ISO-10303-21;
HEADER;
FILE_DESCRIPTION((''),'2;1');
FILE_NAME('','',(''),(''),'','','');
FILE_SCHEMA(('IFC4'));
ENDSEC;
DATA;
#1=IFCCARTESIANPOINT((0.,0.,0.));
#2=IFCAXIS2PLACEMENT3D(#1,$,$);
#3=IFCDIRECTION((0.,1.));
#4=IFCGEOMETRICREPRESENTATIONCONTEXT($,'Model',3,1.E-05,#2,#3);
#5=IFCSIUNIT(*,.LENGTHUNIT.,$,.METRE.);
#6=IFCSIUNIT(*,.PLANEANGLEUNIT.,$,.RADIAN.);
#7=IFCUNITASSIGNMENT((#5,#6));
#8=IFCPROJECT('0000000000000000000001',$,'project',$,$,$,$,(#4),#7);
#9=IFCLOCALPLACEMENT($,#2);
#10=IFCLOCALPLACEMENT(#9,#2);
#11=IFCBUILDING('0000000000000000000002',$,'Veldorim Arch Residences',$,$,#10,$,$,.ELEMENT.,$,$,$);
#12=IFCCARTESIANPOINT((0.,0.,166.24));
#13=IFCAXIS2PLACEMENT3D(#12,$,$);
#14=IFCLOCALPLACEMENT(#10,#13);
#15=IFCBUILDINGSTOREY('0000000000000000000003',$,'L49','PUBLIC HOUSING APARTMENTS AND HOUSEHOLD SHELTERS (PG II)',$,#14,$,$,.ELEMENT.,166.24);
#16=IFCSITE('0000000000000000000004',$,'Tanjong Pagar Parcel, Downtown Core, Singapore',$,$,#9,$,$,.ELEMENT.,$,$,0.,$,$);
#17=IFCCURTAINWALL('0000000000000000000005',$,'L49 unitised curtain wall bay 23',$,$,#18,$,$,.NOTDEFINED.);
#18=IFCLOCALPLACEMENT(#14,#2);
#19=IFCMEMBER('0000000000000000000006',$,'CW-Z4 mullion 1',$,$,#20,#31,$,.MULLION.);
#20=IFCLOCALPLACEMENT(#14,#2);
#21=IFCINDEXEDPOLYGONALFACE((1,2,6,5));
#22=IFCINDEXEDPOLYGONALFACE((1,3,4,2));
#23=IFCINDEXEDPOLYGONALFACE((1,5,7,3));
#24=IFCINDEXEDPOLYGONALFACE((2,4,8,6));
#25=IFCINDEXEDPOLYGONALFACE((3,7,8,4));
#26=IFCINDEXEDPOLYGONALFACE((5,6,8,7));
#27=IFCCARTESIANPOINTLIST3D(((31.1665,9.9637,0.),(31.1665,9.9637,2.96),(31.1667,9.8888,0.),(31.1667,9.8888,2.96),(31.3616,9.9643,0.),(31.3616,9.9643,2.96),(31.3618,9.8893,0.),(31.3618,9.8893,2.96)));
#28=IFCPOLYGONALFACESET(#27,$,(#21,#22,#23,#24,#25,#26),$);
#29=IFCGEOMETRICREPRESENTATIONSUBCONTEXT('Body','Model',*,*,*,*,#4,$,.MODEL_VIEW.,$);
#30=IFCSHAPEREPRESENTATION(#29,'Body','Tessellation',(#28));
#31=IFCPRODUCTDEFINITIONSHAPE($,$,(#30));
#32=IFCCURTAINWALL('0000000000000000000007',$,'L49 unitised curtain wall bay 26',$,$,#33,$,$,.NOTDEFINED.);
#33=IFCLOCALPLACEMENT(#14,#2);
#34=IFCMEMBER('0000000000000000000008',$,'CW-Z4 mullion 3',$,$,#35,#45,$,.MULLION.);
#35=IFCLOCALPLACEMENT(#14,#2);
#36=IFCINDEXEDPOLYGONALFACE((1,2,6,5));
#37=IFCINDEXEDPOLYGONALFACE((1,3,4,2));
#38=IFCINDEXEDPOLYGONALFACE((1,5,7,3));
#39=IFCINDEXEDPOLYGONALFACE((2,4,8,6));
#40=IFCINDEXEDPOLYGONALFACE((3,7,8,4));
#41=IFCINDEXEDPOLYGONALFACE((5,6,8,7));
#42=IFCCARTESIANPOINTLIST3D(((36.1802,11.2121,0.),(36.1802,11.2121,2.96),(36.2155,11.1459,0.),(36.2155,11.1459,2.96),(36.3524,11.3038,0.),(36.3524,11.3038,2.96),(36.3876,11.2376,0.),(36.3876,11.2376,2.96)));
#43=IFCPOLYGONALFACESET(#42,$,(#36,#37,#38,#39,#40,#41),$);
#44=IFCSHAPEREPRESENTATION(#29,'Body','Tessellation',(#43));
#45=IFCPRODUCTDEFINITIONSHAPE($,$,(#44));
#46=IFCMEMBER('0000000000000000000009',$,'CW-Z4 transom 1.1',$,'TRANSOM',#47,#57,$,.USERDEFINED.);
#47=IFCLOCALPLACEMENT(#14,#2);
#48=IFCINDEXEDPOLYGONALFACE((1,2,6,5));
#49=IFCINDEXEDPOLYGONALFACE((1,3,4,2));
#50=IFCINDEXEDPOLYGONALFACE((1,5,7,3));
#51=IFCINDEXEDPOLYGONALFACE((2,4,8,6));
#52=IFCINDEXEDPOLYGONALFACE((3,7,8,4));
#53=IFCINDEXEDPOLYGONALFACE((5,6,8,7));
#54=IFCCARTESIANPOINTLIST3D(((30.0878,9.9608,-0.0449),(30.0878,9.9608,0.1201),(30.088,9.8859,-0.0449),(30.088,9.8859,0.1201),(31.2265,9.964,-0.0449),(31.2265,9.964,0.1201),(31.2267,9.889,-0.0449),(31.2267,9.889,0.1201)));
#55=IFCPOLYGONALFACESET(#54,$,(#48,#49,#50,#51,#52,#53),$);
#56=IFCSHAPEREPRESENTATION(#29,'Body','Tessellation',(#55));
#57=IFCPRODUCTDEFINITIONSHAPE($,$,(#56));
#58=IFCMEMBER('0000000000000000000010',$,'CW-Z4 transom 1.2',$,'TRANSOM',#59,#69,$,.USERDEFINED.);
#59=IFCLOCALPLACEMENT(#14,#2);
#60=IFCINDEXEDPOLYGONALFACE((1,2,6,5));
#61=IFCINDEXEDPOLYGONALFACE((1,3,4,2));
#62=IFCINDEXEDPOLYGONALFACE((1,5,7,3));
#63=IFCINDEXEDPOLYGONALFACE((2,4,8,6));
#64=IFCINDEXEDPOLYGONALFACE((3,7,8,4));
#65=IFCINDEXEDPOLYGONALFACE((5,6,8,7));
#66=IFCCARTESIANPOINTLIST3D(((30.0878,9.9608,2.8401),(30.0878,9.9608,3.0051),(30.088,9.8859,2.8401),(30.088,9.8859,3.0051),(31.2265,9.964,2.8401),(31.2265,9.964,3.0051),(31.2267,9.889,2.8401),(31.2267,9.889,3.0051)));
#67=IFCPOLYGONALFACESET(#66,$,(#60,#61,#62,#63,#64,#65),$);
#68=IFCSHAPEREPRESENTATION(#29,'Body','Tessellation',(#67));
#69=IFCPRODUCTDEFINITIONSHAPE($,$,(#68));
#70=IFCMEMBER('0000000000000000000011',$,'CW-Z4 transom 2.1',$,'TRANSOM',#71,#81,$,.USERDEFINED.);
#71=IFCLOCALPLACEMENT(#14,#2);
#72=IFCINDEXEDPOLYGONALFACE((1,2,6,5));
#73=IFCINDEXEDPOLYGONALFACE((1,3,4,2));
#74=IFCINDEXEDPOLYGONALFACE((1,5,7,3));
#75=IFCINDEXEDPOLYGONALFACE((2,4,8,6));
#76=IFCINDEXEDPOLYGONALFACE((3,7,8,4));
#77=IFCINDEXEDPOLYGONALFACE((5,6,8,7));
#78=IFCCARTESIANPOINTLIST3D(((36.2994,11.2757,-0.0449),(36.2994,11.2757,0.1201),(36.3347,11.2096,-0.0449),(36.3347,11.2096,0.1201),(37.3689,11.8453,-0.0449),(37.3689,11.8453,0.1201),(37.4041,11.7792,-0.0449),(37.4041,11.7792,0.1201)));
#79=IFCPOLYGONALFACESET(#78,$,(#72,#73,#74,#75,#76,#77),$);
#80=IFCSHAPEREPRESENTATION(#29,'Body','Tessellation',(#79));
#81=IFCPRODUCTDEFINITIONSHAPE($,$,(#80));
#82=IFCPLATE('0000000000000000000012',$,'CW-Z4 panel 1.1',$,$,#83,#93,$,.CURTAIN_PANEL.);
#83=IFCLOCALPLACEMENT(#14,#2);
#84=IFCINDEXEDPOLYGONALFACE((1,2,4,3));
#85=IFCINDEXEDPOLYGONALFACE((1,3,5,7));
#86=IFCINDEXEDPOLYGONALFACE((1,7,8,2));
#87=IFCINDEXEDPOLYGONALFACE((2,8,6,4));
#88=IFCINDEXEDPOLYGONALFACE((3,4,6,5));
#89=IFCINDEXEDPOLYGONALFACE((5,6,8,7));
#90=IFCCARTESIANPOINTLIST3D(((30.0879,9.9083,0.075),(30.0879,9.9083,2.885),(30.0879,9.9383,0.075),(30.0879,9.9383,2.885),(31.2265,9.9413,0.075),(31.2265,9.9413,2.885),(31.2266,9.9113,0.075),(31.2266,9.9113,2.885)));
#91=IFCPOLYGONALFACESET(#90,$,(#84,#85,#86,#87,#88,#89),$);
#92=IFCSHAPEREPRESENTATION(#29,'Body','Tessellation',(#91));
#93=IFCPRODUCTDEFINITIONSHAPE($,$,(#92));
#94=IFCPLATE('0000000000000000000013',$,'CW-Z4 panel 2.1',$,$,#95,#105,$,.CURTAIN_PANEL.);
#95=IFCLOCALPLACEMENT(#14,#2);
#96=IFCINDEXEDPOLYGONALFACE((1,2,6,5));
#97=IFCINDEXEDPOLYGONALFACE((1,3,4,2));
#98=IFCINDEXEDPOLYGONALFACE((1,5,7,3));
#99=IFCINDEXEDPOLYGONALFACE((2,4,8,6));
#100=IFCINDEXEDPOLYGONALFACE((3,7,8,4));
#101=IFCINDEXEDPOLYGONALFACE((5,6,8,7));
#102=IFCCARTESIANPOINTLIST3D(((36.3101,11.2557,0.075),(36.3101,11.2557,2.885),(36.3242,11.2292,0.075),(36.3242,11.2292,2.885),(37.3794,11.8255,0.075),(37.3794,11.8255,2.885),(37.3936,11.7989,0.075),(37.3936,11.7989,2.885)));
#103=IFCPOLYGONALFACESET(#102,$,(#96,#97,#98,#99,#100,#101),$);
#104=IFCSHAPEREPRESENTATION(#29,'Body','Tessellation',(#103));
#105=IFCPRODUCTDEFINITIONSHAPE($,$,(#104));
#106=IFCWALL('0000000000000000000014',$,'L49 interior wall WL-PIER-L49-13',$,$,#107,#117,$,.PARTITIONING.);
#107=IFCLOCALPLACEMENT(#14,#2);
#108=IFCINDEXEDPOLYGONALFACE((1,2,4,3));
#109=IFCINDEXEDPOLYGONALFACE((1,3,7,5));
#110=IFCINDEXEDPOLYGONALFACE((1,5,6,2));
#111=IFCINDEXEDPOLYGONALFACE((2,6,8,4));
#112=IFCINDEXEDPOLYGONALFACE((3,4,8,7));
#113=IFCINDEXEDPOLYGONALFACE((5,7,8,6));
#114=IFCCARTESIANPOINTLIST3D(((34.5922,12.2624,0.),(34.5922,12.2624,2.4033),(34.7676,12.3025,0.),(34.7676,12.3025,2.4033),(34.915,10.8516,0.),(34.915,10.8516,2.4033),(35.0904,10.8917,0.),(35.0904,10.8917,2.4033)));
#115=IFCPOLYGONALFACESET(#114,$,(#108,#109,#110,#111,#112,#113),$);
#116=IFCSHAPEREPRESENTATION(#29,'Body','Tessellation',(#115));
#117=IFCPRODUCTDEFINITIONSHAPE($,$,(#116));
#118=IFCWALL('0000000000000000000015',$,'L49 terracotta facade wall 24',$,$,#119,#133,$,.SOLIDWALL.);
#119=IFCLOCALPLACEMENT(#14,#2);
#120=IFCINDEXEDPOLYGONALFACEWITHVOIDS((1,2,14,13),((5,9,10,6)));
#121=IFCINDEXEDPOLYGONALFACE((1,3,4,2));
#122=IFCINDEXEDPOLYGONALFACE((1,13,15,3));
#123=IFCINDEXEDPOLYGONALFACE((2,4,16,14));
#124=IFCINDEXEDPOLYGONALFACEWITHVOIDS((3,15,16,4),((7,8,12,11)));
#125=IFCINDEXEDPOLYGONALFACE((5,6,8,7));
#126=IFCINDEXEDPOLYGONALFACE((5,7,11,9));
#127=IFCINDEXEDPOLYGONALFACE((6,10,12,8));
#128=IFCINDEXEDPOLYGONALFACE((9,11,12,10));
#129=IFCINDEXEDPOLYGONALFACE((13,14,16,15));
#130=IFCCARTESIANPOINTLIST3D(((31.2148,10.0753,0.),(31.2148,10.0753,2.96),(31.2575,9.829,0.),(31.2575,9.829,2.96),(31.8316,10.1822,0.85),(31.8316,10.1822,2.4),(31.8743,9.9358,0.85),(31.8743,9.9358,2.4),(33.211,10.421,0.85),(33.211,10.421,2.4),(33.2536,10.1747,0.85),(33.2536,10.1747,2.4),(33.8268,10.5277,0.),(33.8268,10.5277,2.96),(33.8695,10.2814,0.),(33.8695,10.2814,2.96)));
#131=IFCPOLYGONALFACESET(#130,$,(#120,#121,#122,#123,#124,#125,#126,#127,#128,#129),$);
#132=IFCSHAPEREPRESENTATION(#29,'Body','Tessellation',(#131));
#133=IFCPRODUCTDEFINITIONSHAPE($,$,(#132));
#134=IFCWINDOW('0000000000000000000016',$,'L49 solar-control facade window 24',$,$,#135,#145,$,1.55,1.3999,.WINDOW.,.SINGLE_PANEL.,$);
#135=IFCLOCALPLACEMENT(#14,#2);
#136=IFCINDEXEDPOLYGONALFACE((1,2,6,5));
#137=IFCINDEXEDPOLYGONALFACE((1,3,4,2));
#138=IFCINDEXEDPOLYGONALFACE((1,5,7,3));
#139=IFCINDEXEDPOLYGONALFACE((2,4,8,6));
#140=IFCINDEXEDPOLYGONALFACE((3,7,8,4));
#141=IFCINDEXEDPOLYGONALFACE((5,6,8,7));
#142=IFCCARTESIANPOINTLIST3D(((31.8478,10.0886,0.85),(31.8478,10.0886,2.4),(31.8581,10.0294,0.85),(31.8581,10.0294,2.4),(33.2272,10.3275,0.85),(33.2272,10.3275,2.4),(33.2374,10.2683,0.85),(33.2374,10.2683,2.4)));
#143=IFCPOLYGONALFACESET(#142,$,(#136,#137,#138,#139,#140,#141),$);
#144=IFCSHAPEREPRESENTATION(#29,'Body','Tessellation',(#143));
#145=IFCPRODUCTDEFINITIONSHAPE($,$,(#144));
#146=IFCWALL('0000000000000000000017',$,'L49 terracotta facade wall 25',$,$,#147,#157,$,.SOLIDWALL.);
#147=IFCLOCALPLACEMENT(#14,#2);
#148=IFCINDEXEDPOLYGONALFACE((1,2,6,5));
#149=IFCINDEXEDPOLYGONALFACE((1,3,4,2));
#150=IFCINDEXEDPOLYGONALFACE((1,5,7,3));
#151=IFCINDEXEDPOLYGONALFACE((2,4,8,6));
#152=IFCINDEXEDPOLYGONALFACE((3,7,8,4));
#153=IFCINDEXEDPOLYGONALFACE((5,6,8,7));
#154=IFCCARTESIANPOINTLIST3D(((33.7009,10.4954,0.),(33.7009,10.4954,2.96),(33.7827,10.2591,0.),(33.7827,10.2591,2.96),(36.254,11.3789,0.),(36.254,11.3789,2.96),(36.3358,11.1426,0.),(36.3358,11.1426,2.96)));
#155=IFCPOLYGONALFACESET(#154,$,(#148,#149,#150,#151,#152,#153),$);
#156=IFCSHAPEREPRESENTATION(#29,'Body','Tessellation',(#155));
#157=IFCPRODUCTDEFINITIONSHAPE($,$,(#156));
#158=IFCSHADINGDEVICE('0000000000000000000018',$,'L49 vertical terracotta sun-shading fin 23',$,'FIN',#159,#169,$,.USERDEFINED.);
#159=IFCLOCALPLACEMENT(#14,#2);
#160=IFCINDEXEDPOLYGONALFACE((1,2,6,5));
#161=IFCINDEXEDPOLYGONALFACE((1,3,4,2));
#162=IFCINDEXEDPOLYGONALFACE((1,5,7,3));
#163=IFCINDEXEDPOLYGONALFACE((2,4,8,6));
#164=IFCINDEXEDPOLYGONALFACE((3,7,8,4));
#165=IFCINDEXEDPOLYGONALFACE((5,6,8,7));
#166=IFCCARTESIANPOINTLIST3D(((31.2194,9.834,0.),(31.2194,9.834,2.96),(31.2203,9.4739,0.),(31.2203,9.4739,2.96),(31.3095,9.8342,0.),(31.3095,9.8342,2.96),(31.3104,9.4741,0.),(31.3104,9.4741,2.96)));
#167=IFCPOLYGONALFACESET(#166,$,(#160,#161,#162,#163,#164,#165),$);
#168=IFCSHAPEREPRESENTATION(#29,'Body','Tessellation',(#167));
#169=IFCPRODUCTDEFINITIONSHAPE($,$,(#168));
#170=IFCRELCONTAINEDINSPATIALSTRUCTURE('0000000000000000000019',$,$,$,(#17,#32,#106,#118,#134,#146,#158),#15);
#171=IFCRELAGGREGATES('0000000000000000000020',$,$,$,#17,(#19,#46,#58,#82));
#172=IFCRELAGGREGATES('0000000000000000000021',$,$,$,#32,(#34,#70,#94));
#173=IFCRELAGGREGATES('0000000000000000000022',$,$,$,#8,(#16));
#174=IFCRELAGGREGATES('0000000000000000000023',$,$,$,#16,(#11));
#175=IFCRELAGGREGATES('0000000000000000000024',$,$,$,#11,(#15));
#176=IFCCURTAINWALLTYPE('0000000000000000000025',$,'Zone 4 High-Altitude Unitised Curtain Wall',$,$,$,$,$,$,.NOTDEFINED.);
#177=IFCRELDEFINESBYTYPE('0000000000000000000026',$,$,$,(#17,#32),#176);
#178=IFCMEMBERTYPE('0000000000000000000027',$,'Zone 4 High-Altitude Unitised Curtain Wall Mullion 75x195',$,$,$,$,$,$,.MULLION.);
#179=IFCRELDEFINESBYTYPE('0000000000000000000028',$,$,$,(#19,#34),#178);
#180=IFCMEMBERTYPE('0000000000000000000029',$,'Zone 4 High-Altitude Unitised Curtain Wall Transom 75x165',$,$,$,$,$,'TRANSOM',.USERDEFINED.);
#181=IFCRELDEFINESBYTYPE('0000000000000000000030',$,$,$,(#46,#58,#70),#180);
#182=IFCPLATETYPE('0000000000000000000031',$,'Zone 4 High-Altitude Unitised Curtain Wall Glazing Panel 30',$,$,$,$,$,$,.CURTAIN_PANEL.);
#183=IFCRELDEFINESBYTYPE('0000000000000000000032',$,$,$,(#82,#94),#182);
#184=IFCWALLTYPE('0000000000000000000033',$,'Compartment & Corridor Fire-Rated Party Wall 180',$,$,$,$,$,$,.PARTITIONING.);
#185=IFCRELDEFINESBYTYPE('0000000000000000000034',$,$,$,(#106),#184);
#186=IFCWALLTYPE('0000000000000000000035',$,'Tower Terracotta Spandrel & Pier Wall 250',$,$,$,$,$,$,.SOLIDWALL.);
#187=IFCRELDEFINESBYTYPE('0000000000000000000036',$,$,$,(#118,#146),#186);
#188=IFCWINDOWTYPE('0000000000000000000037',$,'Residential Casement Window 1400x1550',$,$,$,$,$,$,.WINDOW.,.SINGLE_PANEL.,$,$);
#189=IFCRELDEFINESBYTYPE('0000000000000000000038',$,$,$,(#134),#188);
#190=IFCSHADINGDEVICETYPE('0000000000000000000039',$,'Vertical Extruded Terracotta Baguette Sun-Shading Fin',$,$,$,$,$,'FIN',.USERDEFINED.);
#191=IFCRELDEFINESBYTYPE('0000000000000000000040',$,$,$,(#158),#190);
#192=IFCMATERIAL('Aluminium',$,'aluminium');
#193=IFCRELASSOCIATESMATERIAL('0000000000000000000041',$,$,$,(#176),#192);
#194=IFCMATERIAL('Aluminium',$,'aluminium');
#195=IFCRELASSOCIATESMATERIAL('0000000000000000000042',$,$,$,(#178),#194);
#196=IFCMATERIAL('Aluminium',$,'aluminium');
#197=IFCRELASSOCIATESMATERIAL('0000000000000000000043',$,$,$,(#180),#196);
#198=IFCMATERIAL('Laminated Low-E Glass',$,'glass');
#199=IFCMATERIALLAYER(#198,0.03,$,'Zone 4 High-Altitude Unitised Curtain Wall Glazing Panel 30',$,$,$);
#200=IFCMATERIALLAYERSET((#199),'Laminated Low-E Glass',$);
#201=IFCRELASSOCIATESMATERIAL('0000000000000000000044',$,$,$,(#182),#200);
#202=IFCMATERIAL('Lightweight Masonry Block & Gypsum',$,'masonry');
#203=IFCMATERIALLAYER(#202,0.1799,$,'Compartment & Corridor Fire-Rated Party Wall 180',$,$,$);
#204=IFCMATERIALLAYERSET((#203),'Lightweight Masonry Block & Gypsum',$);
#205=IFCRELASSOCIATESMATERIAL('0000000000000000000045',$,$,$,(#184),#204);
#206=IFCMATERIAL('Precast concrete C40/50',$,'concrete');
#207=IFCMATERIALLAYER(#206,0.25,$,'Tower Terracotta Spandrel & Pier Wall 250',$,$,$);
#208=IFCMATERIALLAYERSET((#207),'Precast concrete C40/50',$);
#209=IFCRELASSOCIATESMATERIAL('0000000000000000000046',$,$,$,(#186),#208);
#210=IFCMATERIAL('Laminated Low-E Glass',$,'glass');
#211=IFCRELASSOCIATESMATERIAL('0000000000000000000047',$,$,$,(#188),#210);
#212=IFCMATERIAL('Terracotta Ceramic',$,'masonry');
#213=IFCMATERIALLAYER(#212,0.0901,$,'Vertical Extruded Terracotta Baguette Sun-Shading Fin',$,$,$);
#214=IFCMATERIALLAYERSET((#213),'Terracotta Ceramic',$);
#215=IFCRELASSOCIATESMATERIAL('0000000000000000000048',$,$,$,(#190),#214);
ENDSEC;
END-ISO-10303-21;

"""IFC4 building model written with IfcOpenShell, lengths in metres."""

from ifc_helpers import new_model, si_unit, direction, frame, frame_2d, origin, origin_2d, place, context, subcontext, project, spatial, rectangle, extrude, material, layer, layer_set, material_profile, profile_set, type_object, element, fill, aggregate, save


model = new_model("IFC4")

# Units and contexts
model_context = context("Model", 3, precision=1e-05, world=origin(), true_north=direction((0.0, 1.0)))
body_context = subcontext(model_context, "Body", "Model", "MODEL_VIEW")
ifc_project = project(units=[si_unit("LENGTHUNIT", "METRE"), si_unit("PLANEANGLEUNIT", "RADIAN")], contexts=[model_context])

# Site, building, storey
site_placement = place(None, origin())
site = spatial("IfcSite", under=ifc_project, at=site_placement, Name="Tanjong Pagar Parcel, Downtown Core, Singapore", CompositionType="ELEMENT", RefElevation=0.0)
building_placement = place(site_placement, origin())
building = spatial("IfcBuilding", under=site, at=building_placement, Name="Veldorim Arch Residences", CompositionType="ELEMENT")
storey_placement = place(building_placement, frame((0.0, 0.0, 166.24)))
storey = spatial("IfcBuildingStorey", under=building, at=storey_placement, Name="L49", Description="PUBLIC HOUSING APARTMENTS AND HOUSEHOLD SHELTERS (PG II)", CompositionType="ELEMENT", Elevation=166.24)

# Curtain walls, members
ifc_material_1 = material(Name="Aluminium", Category="aluminium")
curtain_wall_type = type_object("IfcCurtainWallType", Name="Zone 4 High-Altitude Unitised Curtain Wall", PredefinedType="NOTDEFINED", material=ifc_material_1)
curtain_wall_1_placement = place(storey_placement, origin())
curtain_wall_1 = element("IfcCurtainWall", 1, at=curtain_wall_1_placement, inside=storey, type_object=curtain_wall_type, Name="L49 unitised curtain wall bay 23", PredefinedType="NOTDEFINED")
ifc_material_2 = material(Name="Aluminium", Category="aluminium")
ifc_material_profile_1 = material_profile(ifc_material_2, rectangle(XDim=0.075, YDim=0.1951, at=origin_2d()), Name="ALU_MUL_75x195")
ifc_profile_set_1 = profile_set([ifc_material_profile_1], Name="Aluminium")
member_type_1 = type_object("IfcMemberType", Name="Zone 4 High-Altitude Unitised Curtain Wall Mullion 75x195", PredefinedType="MULLION", material=ifc_profile_set_1)
member_1_placement = place(storey_placement, frame((31.2642, 9.9265, 0.0), z_axis=(0.0, 0.0, 1.0), x_axis=(0.002678, -0.999996, 0.0)))
member_1 = element("IfcMember", 2, at=member_1_placement, type_object=member_type_1, Name="CW-Z4 mullion 1", PredefinedType="MULLION", context=body_context, shape_type="SweptSolid", body=[
    extrude(rectangle(XDim=0.075, YDim=0.1951, at=origin_2d()), origin(), (0.0, 0.0, 1.0), 2.96),
])
curtain_wall_2_placement = place(storey_placement, origin())
curtain_wall_2 = element("IfcCurtainWall", 3, at=curtain_wall_2_placement, inside=storey, type_object=curtain_wall_type, Name="L49 unitised curtain wall bay 26", PredefinedType="NOTDEFINED")
member_2_placement = place(storey_placement, frame((36.2839, 11.2249, 0.0), z_axis=(0.0, 0.0, 1.0), x_axis=(0.470186, -0.882567, 0.0)))
member_2 = element("IfcMember", 4, at=member_2_placement, type_object=member_type_1, Name="CW-Z4 mullion 3", PredefinedType="MULLION", context=body_context, shape_type="SweptSolid", body=[
    extrude(rectangle(XDim=0.075, YDim=0.1951, at=origin_2d()), origin(), (0.0, 0.0, 1.0), 2.96),
])

# Members
ifc_material_3 = material(Name="Aluminium", Category="aluminium")
ifc_material_profile_2 = material_profile(ifc_material_3, rectangle(XDim=0.075, YDim=0.165, at=origin_2d()), Name="ALU_TRN_75x165")
ifc_profile_set_2 = profile_set([ifc_material_profile_2], Name="Aluminium")
member_type_2 = type_object("IfcMemberType", Name="Zone 4 High-Altitude Unitised Curtain Wall Transom 75x165", ElementType="TRANSOM", PredefinedType="USERDEFINED", material=ifc_profile_set_2)
member_3_placement = place(storey_placement, frame((31.2266, 9.9265, 0.0376), z_axis=(-0.999996, -0.002787, 0.0), x_axis=(0.002787, -0.999996, 0.0)))
member_3 = element("IfcMember", 5, at=member_3_placement, type_object=member_type_2, Name="CW-Z4 transom 1.1", ObjectType="TRANSOM", PredefinedType="USERDEFINED", context=body_context, shape_type="SweptSolid", body=[
    extrude(rectangle(XDim=0.075, YDim=0.165, at=origin_2d()), origin(), (0.0, 0.0, 1.0), 1.1387),
])
member_4_placement = place(storey_placement, frame((31.2266, 9.9265, 2.9226), z_axis=(-0.999996, -0.002787, 0.0), x_axis=(0.002787, -0.999996, 0.0)))
member_4 = element("IfcMember", 6, at=member_4_placement, type_object=member_type_2, Name="CW-Z4 transom 1.2", ObjectType="TRANSOM", PredefinedType="USERDEFINED", context=body_context, shape_type="SweptSolid", body=[
    extrude(rectangle(XDim=0.075, YDim=0.165, at=origin_2d()), origin(), (0.0, 0.0, 1.0), 1.1387),
])
member_5_placement = place(storey_placement, frame((37.3865, 11.8123, 0.0376), z_axis=(-0.882604, -0.470118, 0.0), x_axis=(0.470118, -0.882604, 0.0)))
member_5 = element("IfcMember", 7, at=member_5_placement, type_object=member_type_2, Name="CW-Z4 transom 2.1", ObjectType="TRANSOM", PredefinedType="USERDEFINED", context=body_context, shape_type="SweptSolid", body=[
    extrude(rectangle(XDim=0.075, YDim=0.165, at=origin_2d()), origin(), (0.0, 0.0, 1.0), 1.2117),
])

# Plates
ifc_material_4 = material(Name="Laminated Low-E Glass", Category="glass")
ifc_layer_1 = layer(ifc_material_4, 0.03, Name="Zone 4 High-Altitude Unitised Curtain Wall Glazing Panel 30")
ifc_layer_set_1 = layer_set([ifc_layer_1], Name="Laminated Low-E Glass")
plate_type = type_object("IfcPlateType", Name="Zone 4 High-Altitude Unitised Curtain Wall Glazing Panel 30", PredefinedType="CURTAIN_PANEL", material=ifc_layer_set_1)
plate_1_placement = place(storey_placement, frame((30.6572, 9.9248, 0.075), z_axis=(0.0, 0.0, 1.0), x_axis=(-0.999996, -0.002678, 0.0)))
plate_1 = element("IfcPlate", 8, at=plate_1_placement, type_object=plate_type, Name="CW-Z4 panel 1.1", PredefinedType="CURTAIN_PANEL", context=body_context, shape_type="SweptSolid", body=[
    extrude(rectangle(XDim=1.1387, YDim=0.03, at=origin_2d()), origin(), (0.0, 0.0, 1.0), 2.8101),
])
aggregate(curtain_wall_1, [member_1, member_3, member_4, plate_1])
plate_2_placement = place(storey_placement, frame((36.8518, 11.5273, 0.075), z_axis=(0.0, 0.0, 1.0), x_axis=(-0.882567, -0.470186, 0.0)))
plate_2 = element("IfcPlate", 9, at=plate_2_placement, type_object=plate_type, Name="CW-Z4 panel 2.1", PredefinedType="CURTAIN_PANEL", context=body_context, shape_type="SweptSolid", body=[
    extrude(rectangle(XDim=1.2117, YDim=0.03, at=origin_2d()), origin(), (0.0, 0.0, 1.0), 2.8101),
])
aggregate(curtain_wall_2, [member_2, member_5, plate_2])

# Wall
ifc_material_5 = material(Name="Lightweight Masonry Block & Gypsum", Category="masonry")
ifc_layer_2 = layer(ifc_material_5, 0.1799, Name="Compartment & Corridor Fire-Rated Party Wall 180")
ifc_layer_set_2 = layer_set([ifc_layer_2], Name="Lightweight Masonry Block & Gypsum")
wall_type_1 = type_object("IfcWallType", Name="Compartment & Corridor Fire-Rated Party Wall 180", PredefinedType="PARTITIONING", material=ifc_layer_set_2)
wall_1_placement = place(storey_placement, frame((34.6799, 12.2825, 0.0), z_axis=(0.0, 0.0, 1.0), x_axis=(0.222999, -0.974819, 0.0)))
element("IfcWall", 10, at=wall_1_placement, inside=storey, type_object=wall_type_1, Name="L49 interior wall WL-PIER-L49-13", PredefinedType="PARTITIONING", context=body_context, shape_type="SweptSolid", body=[
    extrude(rectangle(XDim=1.4473, YDim=0.1799, at=frame_2d((0.7236, 0.0))), origin(), (0.0, 0.0, 1.0), 2.4033),
])

# Wall, opening, window
ifc_material_6 = material(Name="Precast concrete C40/50", Category="concrete")
ifc_layer_3 = layer(ifc_material_6, 0.25, Name="Tower Terracotta Spandrel & Pier Wall 250")
ifc_layer_set_3 = layer_set([ifc_layer_3], Name="Precast concrete C40/50")
wall_type_2 = type_object("IfcWallType", Name="Tower Terracotta Spandrel & Pier Wall 250", PredefinedType="SOLIDWALL", material=ifc_layer_set_3)
wall_2_placement = place(storey_placement, frame((33.8481, 10.4045, 0.0), z_axis=(0.0, 0.0, 1.0), x_axis=(-0.985331, -0.170653, 0.0)))
wall_2 = element("IfcWall", 11, at=wall_2_placement, inside=storey, type_object=wall_type_2, Name="L49 terracotta facade wall 24", PredefinedType="SOLIDWALL", context=body_context, shape_type="SweptSolid", body=[
    extrude(rectangle(XDim=2.6509, YDim=0.25, at=frame_2d((1.3254, 0.0))), origin(), (0.0, 0.0, 1.0), 2.96),
])
opening_placement = place(wall_2_placement, frame((0.625, 0.0, 0.8501)))
opening = element("IfcOpeningElement", 12, at=opening_placement, cuts=wall_2, PredefinedType="OPENING", context=body_context, shape_type="SweptSolid", body=[
    extrude(rectangle(XDim=1.3999, YDim=1.55, at=frame_2d((0.7, 0.7749))), frame((0.0, 0.135, 0.0), z_axis=(0.0, -1.0, 0.0), x_axis=(1.0, 0.0, 0.0)), (0.0, 0.0, 1.0), 0.27),
])
ifc_material_7 = material(Name="Laminated Low-E Glass", Category="glass")
window_type = type_object("IfcWindowType", Name="Residential Casement Window 1400x1550", PartitioningType="SINGLE_PANEL", PredefinedType="WINDOW", material=ifc_material_7)
window_placement = place(opening_placement, origin())
window = element("IfcWindow", 13, at=window_placement, inside=storey, type_object=window_type, Name="L49 solar-control facade window 24", OverallHeight=1.55, OverallWidth=1.3999, PartitioningType="SINGLE_PANEL", PredefinedType="WINDOW", context=body_context, shape_type="SweptSolid", body=[
    extrude(rectangle(XDim=1.3999, YDim=1.55, at=frame_2d((0.7, 0.7749))), frame((0.0, 0.03, 0.0), z_axis=(0.0, -1.0, 0.0), x_axis=(1.0, 0.0, 0.0)), (0.0, 0.0, 1.0), 0.0601),
])
fill(opening, window)

# Wall
wall_3_placement = place(storey_placement, frame((36.2949, 11.2607, 0.0), z_axis=(0.0, 0.0, 1.0), x_axis=(-0.945016, -0.327024, 0.0)))
element("IfcWall", 14, at=wall_3_placement, inside=storey, type_object=wall_type_2, Name="L49 terracotta facade wall 25", PredefinedType="SOLIDWALL", context=body_context, shape_type="SweptSolid", body=[
    extrude(rectangle(XDim=2.7017, YDim=0.25, at=frame_2d((1.3508, 0.0))), origin(), (0.0, 0.0, 1.0), 2.96),
])

# Shading device
ifc_material_8 = material(Name="Terracotta Ceramic", Category="masonry")
ifc_layer_4 = layer(ifc_material_8, 0.0901, Name="Vertical Extruded Terracotta Baguette Sun-Shading Fin")
ifc_layer_set_4 = layer_set([ifc_layer_4], Name="Terracotta Ceramic")
shading_device_type = type_object("IfcShadingDeviceType", Name="Vertical Extruded Terracotta Baguette Sun-Shading Fin", ElementType="FIN", PredefinedType="USERDEFINED", material=ifc_layer_set_4)
shading_device_placement = place(storey_placement, frame((31.2649, 9.6541, 0.0), z_axis=(0.0, 0.0, 1.0), x_axis=(-0.999997, -0.002618, 0.0)))
element("IfcShadingDevice", 15, at=shading_device_placement, inside=storey, type_object=shading_device_type, Name="L49 vertical terracotta sun-shading fin 23", ObjectType="FIN", PredefinedType="USERDEFINED", context=body_context, shape_type="SweptSolid", body=[
    extrude(rectangle(XDim=0.0901, YDim=0.3601, at=origin_2d()), origin(), (0.0, 0.0, 1.0), 2.96),
])

save(model, "model.ifc")
